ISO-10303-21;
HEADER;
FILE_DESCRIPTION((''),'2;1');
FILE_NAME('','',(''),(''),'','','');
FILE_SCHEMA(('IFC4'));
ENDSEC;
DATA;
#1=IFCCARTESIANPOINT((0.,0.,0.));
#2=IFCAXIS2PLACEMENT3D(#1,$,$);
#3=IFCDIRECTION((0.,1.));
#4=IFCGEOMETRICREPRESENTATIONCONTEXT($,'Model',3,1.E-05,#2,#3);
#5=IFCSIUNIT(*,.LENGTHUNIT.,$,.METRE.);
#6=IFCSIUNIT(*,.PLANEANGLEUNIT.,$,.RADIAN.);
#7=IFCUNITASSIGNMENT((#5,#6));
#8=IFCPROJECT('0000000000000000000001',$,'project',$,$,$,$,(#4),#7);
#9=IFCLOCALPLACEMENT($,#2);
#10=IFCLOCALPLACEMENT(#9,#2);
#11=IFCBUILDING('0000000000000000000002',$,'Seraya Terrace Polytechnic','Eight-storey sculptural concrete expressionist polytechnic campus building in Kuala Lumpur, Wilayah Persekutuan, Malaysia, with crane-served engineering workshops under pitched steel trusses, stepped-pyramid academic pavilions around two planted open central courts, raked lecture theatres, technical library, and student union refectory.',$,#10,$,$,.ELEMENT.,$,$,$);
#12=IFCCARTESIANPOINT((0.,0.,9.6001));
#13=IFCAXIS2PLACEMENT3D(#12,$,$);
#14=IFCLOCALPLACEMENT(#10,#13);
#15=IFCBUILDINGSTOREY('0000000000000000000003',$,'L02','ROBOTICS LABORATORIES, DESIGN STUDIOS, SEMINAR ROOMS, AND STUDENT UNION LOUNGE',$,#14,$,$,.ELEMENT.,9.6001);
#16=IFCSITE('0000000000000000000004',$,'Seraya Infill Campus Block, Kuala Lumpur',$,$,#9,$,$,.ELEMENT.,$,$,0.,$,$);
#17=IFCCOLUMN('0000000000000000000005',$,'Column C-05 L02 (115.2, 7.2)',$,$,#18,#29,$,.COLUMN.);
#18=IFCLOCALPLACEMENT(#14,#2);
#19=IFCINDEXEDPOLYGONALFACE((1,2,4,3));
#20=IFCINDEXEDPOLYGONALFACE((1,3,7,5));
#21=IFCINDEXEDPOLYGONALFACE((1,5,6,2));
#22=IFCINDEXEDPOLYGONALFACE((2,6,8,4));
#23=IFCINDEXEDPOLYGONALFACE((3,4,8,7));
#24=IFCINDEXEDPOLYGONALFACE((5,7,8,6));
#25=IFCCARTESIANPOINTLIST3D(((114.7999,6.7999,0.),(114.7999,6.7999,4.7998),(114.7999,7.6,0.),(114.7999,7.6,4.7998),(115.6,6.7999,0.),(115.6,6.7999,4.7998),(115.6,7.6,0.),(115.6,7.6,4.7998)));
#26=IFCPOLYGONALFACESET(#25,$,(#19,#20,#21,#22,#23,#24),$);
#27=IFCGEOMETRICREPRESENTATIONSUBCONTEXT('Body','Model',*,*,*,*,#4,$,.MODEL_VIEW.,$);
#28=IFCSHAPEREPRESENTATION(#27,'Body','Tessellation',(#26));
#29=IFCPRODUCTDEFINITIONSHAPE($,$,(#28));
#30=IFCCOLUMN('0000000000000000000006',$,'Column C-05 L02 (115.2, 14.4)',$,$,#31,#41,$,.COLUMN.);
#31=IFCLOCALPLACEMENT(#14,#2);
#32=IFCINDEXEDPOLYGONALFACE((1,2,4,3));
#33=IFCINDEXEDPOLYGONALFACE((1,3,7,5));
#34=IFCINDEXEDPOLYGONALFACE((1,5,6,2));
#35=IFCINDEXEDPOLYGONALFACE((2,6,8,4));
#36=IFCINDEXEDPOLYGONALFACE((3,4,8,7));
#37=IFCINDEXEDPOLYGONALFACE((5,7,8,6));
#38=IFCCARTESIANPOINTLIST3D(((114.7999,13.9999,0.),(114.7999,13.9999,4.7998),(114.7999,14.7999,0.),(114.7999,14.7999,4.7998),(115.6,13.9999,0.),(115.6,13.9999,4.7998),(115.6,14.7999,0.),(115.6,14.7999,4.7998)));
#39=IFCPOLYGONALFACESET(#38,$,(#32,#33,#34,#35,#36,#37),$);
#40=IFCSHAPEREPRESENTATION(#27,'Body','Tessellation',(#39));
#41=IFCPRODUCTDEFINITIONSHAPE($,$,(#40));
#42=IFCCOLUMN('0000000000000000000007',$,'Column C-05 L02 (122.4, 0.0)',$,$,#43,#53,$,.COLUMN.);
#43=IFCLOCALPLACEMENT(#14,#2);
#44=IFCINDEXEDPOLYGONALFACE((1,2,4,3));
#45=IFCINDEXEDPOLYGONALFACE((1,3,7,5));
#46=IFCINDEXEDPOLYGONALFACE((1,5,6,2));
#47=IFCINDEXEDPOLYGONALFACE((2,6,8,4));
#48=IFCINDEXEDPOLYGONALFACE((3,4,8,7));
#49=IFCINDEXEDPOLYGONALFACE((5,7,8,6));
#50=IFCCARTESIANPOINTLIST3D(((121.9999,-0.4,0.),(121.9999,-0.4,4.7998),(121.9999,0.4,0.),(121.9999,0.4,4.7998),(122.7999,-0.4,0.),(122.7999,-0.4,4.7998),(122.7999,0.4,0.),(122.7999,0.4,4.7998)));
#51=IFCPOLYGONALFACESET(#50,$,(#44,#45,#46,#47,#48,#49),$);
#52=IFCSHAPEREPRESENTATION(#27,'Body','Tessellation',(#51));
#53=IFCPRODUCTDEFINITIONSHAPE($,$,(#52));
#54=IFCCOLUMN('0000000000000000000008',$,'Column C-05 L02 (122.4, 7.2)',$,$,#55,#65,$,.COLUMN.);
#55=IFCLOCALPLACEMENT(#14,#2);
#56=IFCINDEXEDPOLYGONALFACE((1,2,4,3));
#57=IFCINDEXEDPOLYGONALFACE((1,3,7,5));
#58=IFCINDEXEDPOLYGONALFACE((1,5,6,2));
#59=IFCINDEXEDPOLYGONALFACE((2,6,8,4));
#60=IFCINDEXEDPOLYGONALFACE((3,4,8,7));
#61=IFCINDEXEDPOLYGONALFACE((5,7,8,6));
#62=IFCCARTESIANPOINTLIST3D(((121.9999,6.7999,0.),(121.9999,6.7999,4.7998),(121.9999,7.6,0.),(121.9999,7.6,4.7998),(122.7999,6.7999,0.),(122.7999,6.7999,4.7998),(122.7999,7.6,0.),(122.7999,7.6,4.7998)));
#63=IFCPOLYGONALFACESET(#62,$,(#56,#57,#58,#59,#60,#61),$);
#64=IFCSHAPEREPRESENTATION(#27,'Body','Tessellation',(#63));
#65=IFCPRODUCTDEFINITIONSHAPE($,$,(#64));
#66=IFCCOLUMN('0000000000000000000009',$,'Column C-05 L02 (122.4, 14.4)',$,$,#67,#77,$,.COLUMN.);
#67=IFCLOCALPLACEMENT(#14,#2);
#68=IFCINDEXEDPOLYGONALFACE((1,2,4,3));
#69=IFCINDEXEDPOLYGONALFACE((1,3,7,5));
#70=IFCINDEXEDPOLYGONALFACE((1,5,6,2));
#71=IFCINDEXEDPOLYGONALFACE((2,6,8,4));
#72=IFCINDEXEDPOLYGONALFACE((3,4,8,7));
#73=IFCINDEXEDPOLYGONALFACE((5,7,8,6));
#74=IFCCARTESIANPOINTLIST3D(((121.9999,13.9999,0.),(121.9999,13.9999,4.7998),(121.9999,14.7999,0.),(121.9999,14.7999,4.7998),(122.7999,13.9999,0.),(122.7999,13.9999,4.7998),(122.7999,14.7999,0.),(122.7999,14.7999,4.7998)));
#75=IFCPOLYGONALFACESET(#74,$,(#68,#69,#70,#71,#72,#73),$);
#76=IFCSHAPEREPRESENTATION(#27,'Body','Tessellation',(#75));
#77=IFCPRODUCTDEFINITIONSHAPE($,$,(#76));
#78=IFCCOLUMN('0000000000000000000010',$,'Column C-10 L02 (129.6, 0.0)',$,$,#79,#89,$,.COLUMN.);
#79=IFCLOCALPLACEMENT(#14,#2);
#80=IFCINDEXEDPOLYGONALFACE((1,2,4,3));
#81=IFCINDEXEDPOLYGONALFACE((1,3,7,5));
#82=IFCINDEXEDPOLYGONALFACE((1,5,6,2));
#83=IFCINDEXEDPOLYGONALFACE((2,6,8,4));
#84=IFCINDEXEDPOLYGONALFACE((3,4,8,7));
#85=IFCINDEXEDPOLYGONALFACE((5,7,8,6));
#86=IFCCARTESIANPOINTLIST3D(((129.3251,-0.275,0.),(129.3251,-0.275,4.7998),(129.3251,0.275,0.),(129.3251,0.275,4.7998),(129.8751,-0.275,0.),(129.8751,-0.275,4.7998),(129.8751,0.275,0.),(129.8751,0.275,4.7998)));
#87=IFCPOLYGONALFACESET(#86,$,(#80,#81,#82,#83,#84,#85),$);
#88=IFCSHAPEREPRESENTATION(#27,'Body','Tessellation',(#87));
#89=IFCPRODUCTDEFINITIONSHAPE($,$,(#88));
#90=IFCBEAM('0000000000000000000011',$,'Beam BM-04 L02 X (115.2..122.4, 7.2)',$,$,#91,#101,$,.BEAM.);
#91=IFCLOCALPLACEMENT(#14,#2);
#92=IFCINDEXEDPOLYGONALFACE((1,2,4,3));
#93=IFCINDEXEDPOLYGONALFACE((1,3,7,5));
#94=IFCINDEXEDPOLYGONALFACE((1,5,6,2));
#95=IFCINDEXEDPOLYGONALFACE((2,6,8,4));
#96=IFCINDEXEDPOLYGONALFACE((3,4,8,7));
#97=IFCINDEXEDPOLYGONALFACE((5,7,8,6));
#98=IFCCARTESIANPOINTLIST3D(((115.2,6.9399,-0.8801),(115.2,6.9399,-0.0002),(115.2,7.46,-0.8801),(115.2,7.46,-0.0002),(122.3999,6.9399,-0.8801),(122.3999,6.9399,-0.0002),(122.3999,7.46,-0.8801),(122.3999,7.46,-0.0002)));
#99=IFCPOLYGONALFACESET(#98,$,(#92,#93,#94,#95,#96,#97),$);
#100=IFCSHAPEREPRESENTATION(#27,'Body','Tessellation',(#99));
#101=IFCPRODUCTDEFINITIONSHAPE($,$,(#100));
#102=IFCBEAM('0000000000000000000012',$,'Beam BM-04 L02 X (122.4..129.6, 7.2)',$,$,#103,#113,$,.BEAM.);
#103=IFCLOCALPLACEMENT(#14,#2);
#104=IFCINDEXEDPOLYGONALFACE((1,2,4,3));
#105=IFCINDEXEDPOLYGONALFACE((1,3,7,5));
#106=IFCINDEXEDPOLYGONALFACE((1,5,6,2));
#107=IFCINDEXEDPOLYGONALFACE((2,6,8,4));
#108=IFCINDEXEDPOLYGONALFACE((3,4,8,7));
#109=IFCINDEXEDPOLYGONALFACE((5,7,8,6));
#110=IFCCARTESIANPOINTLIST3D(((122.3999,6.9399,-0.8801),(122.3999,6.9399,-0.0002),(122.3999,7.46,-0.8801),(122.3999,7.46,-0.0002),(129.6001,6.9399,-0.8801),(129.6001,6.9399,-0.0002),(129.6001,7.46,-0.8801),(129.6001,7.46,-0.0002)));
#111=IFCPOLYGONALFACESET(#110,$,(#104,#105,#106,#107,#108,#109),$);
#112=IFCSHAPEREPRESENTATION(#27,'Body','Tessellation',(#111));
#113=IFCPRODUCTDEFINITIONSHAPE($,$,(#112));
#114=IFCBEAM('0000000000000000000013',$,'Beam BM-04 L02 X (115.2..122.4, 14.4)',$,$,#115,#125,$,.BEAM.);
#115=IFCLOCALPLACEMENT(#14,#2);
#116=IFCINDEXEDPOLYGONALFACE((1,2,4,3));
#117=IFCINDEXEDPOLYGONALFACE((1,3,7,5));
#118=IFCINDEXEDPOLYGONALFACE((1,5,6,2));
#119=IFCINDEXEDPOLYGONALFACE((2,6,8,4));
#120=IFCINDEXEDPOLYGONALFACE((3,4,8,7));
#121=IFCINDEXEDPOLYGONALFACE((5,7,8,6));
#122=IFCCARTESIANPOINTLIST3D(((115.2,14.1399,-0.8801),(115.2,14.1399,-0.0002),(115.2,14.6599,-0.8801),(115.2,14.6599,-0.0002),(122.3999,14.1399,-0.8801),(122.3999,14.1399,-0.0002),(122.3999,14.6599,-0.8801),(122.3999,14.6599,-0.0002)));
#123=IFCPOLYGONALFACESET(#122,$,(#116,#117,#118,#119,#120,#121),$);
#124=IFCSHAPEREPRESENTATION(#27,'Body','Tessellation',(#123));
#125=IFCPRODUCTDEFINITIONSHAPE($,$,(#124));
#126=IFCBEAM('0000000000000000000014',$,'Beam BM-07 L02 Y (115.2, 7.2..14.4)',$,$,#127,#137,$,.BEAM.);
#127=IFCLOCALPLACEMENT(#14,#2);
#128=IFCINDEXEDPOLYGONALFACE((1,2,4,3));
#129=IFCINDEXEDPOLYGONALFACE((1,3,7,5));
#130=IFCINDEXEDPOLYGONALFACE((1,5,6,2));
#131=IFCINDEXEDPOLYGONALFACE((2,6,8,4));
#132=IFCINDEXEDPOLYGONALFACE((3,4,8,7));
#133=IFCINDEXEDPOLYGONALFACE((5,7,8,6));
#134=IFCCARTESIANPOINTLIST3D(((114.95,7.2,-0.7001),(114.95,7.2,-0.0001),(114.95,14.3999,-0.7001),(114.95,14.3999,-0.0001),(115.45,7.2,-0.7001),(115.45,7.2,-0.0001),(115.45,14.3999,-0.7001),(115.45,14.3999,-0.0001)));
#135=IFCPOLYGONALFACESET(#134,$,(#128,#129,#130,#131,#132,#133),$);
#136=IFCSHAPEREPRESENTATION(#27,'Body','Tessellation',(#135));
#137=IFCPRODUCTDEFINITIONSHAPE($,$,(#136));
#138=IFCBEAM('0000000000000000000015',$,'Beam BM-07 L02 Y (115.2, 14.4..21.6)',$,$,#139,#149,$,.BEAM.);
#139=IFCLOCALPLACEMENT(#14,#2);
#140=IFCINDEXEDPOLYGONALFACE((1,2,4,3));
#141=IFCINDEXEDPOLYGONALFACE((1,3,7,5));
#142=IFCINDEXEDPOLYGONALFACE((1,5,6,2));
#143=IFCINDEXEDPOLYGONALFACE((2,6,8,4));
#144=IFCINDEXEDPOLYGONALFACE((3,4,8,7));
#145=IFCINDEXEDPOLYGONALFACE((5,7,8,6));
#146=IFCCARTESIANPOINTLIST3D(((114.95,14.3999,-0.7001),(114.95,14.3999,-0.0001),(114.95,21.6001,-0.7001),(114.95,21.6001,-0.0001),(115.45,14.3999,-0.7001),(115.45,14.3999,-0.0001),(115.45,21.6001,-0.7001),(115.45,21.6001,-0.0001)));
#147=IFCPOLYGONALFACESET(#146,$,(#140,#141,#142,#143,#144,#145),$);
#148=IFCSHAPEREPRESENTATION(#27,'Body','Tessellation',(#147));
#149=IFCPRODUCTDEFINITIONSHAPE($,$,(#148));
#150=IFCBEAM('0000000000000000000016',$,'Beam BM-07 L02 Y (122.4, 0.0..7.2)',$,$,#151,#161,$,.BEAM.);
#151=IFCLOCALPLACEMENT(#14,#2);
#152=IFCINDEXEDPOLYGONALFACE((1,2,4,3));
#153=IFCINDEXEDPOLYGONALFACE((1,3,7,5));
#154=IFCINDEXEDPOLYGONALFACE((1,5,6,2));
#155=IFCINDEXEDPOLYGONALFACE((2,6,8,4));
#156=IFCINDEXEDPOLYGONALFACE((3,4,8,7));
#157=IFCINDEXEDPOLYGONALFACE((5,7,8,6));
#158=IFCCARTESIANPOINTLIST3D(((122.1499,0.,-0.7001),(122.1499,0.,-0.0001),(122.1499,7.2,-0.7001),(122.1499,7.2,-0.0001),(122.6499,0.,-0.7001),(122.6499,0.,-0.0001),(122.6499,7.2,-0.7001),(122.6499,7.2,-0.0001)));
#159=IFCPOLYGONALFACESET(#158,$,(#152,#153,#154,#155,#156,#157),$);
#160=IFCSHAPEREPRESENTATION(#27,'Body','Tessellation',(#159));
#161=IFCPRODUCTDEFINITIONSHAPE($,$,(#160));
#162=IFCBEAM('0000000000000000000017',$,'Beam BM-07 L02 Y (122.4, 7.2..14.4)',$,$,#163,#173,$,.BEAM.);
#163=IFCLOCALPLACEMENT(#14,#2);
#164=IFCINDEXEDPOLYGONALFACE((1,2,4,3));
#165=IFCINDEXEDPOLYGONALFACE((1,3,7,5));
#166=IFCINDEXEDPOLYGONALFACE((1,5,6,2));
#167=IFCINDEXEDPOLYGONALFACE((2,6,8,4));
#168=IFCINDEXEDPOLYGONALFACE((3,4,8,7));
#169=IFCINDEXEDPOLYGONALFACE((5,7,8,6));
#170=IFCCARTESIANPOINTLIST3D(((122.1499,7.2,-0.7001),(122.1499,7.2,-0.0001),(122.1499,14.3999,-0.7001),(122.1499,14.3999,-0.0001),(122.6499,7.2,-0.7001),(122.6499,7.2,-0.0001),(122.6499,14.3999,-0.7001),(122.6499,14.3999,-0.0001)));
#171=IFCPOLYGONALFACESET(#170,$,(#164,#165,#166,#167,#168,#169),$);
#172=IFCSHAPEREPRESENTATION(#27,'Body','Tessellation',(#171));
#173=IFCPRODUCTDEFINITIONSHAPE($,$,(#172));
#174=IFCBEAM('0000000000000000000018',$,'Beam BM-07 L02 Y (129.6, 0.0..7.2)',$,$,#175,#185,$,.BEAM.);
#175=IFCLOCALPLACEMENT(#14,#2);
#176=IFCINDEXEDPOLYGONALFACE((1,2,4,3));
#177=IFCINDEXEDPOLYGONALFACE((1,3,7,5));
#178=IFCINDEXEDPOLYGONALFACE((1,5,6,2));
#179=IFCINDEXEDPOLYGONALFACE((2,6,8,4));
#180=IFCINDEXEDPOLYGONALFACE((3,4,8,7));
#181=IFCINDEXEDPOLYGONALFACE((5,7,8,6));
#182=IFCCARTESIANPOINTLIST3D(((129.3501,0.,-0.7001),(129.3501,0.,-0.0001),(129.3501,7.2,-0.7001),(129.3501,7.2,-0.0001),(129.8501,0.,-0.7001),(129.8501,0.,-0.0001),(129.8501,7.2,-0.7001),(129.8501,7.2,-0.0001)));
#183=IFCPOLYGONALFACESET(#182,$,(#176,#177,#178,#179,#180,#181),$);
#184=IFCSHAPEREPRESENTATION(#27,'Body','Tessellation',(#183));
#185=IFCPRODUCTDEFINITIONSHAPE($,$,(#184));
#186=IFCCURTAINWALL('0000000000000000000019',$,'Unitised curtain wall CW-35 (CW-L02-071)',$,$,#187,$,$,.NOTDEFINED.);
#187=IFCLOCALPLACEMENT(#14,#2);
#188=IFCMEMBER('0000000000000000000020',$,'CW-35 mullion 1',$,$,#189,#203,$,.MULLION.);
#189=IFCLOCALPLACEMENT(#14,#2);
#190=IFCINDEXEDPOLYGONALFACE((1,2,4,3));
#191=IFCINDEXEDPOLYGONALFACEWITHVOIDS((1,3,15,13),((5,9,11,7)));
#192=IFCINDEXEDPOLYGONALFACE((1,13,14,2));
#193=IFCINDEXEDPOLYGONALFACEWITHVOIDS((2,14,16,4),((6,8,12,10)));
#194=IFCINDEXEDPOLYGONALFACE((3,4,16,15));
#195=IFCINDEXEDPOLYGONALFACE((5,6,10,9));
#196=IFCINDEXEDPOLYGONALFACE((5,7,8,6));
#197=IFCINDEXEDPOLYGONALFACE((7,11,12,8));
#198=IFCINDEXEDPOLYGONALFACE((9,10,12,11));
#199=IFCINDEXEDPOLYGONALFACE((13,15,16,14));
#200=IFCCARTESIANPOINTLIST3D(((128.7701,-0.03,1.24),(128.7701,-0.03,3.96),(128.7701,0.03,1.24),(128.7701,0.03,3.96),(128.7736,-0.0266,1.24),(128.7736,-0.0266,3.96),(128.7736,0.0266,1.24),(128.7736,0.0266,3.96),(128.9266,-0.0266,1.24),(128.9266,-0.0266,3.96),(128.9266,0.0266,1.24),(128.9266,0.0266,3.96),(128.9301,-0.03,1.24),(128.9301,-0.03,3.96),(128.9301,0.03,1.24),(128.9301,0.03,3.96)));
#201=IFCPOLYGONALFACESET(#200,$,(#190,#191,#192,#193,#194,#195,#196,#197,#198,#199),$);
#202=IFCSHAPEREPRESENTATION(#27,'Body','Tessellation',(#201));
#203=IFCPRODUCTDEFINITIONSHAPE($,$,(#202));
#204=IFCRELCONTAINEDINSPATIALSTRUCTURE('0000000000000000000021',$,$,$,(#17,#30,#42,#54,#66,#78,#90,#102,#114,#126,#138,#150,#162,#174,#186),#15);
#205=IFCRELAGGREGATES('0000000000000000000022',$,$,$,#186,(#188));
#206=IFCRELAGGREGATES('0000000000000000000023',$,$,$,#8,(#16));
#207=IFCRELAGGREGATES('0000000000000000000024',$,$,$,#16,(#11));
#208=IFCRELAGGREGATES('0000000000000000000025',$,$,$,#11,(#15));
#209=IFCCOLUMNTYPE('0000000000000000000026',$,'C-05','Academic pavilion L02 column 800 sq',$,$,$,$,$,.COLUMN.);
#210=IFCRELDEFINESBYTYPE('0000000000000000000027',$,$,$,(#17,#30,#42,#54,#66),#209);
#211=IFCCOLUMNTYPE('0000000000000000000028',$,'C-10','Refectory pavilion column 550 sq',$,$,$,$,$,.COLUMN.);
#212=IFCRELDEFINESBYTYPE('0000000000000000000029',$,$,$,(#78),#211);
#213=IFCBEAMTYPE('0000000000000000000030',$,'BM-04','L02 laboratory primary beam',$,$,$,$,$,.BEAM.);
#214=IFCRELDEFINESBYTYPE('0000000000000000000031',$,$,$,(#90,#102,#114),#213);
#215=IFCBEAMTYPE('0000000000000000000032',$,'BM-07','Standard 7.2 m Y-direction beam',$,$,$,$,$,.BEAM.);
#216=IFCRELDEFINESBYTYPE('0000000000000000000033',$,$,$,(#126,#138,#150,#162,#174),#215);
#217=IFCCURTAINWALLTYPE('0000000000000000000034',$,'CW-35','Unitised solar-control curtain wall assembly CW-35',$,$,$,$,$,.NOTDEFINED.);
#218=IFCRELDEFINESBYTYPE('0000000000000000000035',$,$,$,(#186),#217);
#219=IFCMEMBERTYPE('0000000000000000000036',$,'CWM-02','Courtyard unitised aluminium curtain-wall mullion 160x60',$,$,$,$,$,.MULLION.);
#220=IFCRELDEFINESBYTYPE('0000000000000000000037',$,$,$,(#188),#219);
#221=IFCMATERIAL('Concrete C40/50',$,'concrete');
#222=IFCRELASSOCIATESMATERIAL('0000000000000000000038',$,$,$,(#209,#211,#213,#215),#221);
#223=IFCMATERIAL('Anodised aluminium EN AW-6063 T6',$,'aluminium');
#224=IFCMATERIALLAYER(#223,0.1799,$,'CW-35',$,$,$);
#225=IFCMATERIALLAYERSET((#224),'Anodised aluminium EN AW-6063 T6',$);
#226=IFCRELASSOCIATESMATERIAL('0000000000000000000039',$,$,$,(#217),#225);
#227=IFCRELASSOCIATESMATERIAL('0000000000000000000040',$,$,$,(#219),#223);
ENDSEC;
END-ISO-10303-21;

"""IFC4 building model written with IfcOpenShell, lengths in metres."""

from ifc_helpers import new_model, si_unit, direction, frame, origin, origin_2d, place, context, subcontext, project, spatial, rectangle, hollow_rectangle, extrude, material, layer, layer_set, material_profile, profile_set, type_object, element, aggregate, save


model = new_model("IFC4")

# Units and contexts
model_context = context("Model", 3, precision=1e-05, world=origin(), true_north=direction((0.0, 1.0)))
body_context = subcontext(model_context, "Body", "Model", "MODEL_VIEW")
ifc_project = project(units=[si_unit("LENGTHUNIT", "METRE"), si_unit("PLANEANGLEUNIT", "RADIAN")], contexts=[model_context])

# Site, building, storey
site_placement = place(None, origin())
site = spatial("IfcSite", under=ifc_project, at=site_placement, Name="Seraya Infill Campus Block, Kuala Lumpur", CompositionType="ELEMENT", RefElevation=0.0)
building_placement = place(site_placement, origin())
building = spatial("IfcBuilding", under=site, at=building_placement, Name="Seraya Terrace Polytechnic", Description="Eight-storey sculptural concrete expressionist polytechnic campus building in Kuala Lumpur, Wilayah Persekutuan, Malaysia, with crane-served engineering workshops under pitched steel trusses, stepped-pyramid academic pavilions around two planted open central courts, raked lecture theatres, technical library, and student union refectory.", CompositionType="ELEMENT")
storey_placement = place(building_placement, frame((0.0, 0.0, 9.6001)))
storey = spatial("IfcBuildingStorey", under=building, at=storey_placement, Name="L02", Description="ROBOTICS LABORATORIES, DESIGN STUDIOS, SEMINAR ROOMS, AND STUDENT UNION LOUNGE", CompositionType="ELEMENT", Elevation=9.6001)

# Columns
ifc_material_1 = material(Name="Concrete C40/50", Category="concrete")
ifc_material_profile_1 = material_profile(ifc_material_1, rectangle(XDim=0.8, YDim=0.8, at=origin_2d()), Name="RC 800x800")
ifc_profile_set_1 = profile_set([ifc_material_profile_1], Name="Concrete C40/50")
column_type_1 = type_object("IfcColumnType", Name="C-05", Description="Academic pavilion L02 column 800 sq", PredefinedType="COLUMN", material=ifc_profile_set_1)
for number, where, z_axis, x_axis, name in (
    (1, (115.2, 7.2, 0.0), (0.0, 0.0, 1.0), (1.0, 0.0, 0.0), "Column C-05 L02 (115.2, 7.2)"),
    (2, (115.2, 14.3999, 0.0), (0.0, 0.0, 1.0), (1.0, 0.0, 0.0), "Column C-05 L02 (115.2, 14.4)"),
    (3, (122.3999, 0.0, 0.0), (0.0, 0.0, 1.0), (1.0, 0.0, 0.0), "Column C-05 L02 (122.4, 0.0)"),
    (4, (122.3999, 7.2, 0.0), (0.0, 0.0, 1.0), (1.0, 0.0, 0.0), "Column C-05 L02 (122.4, 7.2)"),
    (5, (122.3999, 14.3999, 0.0), (0.0, 0.0, 1.0), (1.0, 0.0, 0.0), "Column C-05 L02 (122.4, 14.4)"),
):
    element("IfcColumn", number, at=place(storey_placement, frame(where, z_axis=z_axis, x_axis=x_axis)), inside=storey, type_object=column_type_1, Name=name, PredefinedType="COLUMN", context=body_context, shape_type="SweptSolid", body=[
        extrude(rectangle(XDim=0.8, YDim=0.8, at=origin_2d()), origin(), (0.0, 0.0, 1.0), 4.7998),
    ])
ifc_material_profile_2 = material_profile(ifc_material_1, rectangle(XDim=0.55, YDim=0.55, at=origin_2d()), Name="RC 550x550")
ifc_profile_set_2 = profile_set([ifc_material_profile_2], Name="Concrete C40/50")
column_type_2 = type_object("IfcColumnType", Name="C-10", Description="Refectory pavilion column 550 sq", PredefinedType="COLUMN", material=ifc_profile_set_2)
column_placement = place(storey_placement, frame((129.6001, 0.0, 0.0), z_axis=(0.0, 0.0, 1.0), x_axis=(1.0, 0.0, 0.0)))
element("IfcColumn", 6, at=column_placement, inside=storey, type_object=column_type_2, Name="Column C-10 L02 (129.6, 0.0)", PredefinedType="COLUMN", context=body_context, shape_type="SweptSolid", body=[
    extrude(rectangle(XDim=0.55, YDim=0.55, at=origin_2d()), origin(), (0.0, 0.0, 1.0), 4.7998),
])

# Beams
ifc_material_profile_3 = material_profile(ifc_material_1, rectangle(XDim=0.52, YDim=0.8799, at=origin_2d()), Name="RC 520x880")
ifc_profile_set_3 = profile_set([ifc_material_profile_3], Name="Concrete C40/50")
beam_type_1 = type_object("IfcBeamType", Name="BM-04", Description="L02 laboratory primary beam", PredefinedType="BEAM", material=ifc_profile_set_3)
beam_1_placement = place(storey_placement, frame((115.2, 7.2, -0.4402), z_axis=(1.0, 0.0, 0.0), x_axis=(0.0, 1.0, 0.0)))
element("IfcBeam", 7, at=beam_1_placement, inside=storey, type_object=beam_type_1, Name="Beam BM-04 L02 X (115.2..122.4, 7.2)", PredefinedType="BEAM", context=body_context, shape_type="SweptSolid", body=[
    extrude(rectangle(XDim=0.52, YDim=0.8799, at=origin_2d()), origin(), (0.0, 0.0, 1.0), 7.2),
])
beam_2_placement = place(storey_placement, frame((122.3999, 7.2, -0.4402), z_axis=(1.0, 0.0, 0.0), x_axis=(0.0, 1.0, 0.0)))
element("IfcBeam", 8, at=beam_2_placement, inside=storey, type_object=beam_type_1, Name="Beam BM-04 L02 X (122.4..129.6, 7.2)", PredefinedType="BEAM", context=body_context, shape_type="SweptSolid", body=[
    extrude(rectangle(XDim=0.52, YDim=0.8799, at=origin_2d()), origin(), (0.0, 0.0, 1.0), 7.2002),
])
beam_3_placement = place(storey_placement, frame((115.2, 14.3999, -0.4402), z_axis=(1.0, 0.0, 0.0), x_axis=(0.0, 1.0, 0.0)))
element("IfcBeam", 9, at=beam_3_placement, inside=storey, type_object=beam_type_1, Name="Beam BM-04 L02 X (115.2..122.4, 14.4)", PredefinedType="BEAM", context=body_context, shape_type="SweptSolid", body=[
    extrude(rectangle(XDim=0.52, YDim=0.8799, at=origin_2d()), origin(), (0.0, 0.0, 1.0), 7.2),
])
ifc_material_profile_4 = material_profile(ifc_material_1, rectangle(XDim=0.5, YDim=0.7, at=origin_2d()), Name="RC 500x700")
ifc_profile_set_4 = profile_set([ifc_material_profile_4], Name="Concrete C40/50")
beam_type_2 = type_object("IfcBeamType", Name="BM-07", Description="Standard 7.2 m Y-direction beam", PredefinedType="BEAM", material=ifc_profile_set_4)
beam_4_placement = place(storey_placement, frame((115.2, 7.2, -0.3501), z_axis=(0.0, 1.0, 0.0), x_axis=(-1.0, 0.0, 0.0)))
element("IfcBeam", 10, at=beam_4_placement, inside=storey, type_object=beam_type_2, Name="Beam BM-07 L02 Y (115.2, 7.2..14.4)", PredefinedType="BEAM", context=body_context, shape_type="SweptSolid", body=[
    extrude(rectangle(XDim=0.5, YDim=0.7, at=origin_2d()), origin(), (0.0, 0.0, 1.0), 7.2),
])
beam_5_placement = place(storey_placement, frame((115.2, 14.3999, -0.3501), z_axis=(0.0, 1.0, 0.0), x_axis=(-1.0, 0.0, 0.0)))
element("IfcBeam", 11, at=beam_5_placement, inside=storey, type_object=beam_type_2, Name="Beam BM-07 L02 Y (115.2, 14.4..21.6)", PredefinedType="BEAM", context=body_context, shape_type="SweptSolid", body=[
    extrude(rectangle(XDim=0.5, YDim=0.7, at=origin_2d()), origin(), (0.0, 0.0, 1.0), 7.2002),
])
for number, where, z_axis, x_axis, name in (
    (12, (122.3999, 0.0, -0.3501), (0.0, 1.0, 0.0), (-1.0, 0.0, 0.0), "Beam BM-07 L02 Y (122.4, 0.0..7.2)"),
    (13, (122.3999, 7.2, -0.3501), (0.0, 1.0, 0.0), (-1.0, 0.0, 0.0), "Beam BM-07 L02 Y (122.4, 7.2..14.4)"),
    (14, (129.6001, 0.0, -0.3501), (0.0, 1.0, 0.0), (-1.0, 0.0, 0.0), "Beam BM-07 L02 Y (129.6, 0.0..7.2)"),
):
    element("IfcBeam", number, at=place(storey_placement, frame(where, z_axis=z_axis, x_axis=x_axis)), inside=storey, type_object=beam_type_2, Name=name, PredefinedType="BEAM", context=body_context, shape_type="SweptSolid", body=[
        extrude(rectangle(XDim=0.5, YDim=0.7, at=origin_2d()), origin(), (0.0, 0.0, 1.0), 7.2),
    ])

# Curtain wall, member
ifc_material_2 = material(Name="Anodised aluminium EN AW-6063 T6", Category="aluminium")
ifc_layer_1 = layer(ifc_material_2, 0.1799, Name="CW-35")
ifc_layer_set_1 = layer_set([ifc_layer_1], Name="Anodised aluminium EN AW-6063 T6")
curtain_wall_type = type_object("IfcCurtainWallType", Name="CW-35", Description="Unitised solar-control curtain wall assembly CW-35", PredefinedType="NOTDEFINED", material=ifc_layer_set_1)
curtain_wall_placement = place(storey_placement, origin())
curtain_wall = element("IfcCurtainWall", 15, at=curtain_wall_placement, inside=storey, type_object=curtain_wall_type, Name="Unitised curtain wall CW-35 (CW-L02-071)", PredefinedType="NOTDEFINED")
ifc_material_profile_5 = material_profile(ifc_material_2, hollow_rectangle(XDim=0.0601, YDim=0.1599, WallThickness=0.0034, at=origin_2d()), Name="RHS 160x60x3.5")
ifc_profile_set_5 = profile_set([ifc_material_profile_5], Name="Anodised aluminium EN AW-6063 T6")
member_type_1 = type_object("IfcMemberType", Name="CWM-02", Description="Courtyard unitised aluminium curtain-wall mullion 160x60", PredefinedType="MULLION", material=ifc_profile_set_5)
member_1_placement = place(storey_placement, frame((128.8501, 0.0, 1.24), z_axis=(0.0, 0.0, 1.0), x_axis=(0.0, -1.0, 0.0)))
member_1 = element("IfcMember", 16, at=member_1_placement, type_object=member_type_1, Name="CW-35 mullion 1", PredefinedType="MULLION", context=body_context, shape_type="SweptSolid", body=[
    extrude(hollow_rectangle(XDim=0.0601, YDim=0.1599, WallThickness=0.0034, at=origin_2d()), origin(), (0.0, 0.0, 1.0), 2.72),
])

aggregate(curtain_wall, [member_1])

save(model, "model.ifc")
